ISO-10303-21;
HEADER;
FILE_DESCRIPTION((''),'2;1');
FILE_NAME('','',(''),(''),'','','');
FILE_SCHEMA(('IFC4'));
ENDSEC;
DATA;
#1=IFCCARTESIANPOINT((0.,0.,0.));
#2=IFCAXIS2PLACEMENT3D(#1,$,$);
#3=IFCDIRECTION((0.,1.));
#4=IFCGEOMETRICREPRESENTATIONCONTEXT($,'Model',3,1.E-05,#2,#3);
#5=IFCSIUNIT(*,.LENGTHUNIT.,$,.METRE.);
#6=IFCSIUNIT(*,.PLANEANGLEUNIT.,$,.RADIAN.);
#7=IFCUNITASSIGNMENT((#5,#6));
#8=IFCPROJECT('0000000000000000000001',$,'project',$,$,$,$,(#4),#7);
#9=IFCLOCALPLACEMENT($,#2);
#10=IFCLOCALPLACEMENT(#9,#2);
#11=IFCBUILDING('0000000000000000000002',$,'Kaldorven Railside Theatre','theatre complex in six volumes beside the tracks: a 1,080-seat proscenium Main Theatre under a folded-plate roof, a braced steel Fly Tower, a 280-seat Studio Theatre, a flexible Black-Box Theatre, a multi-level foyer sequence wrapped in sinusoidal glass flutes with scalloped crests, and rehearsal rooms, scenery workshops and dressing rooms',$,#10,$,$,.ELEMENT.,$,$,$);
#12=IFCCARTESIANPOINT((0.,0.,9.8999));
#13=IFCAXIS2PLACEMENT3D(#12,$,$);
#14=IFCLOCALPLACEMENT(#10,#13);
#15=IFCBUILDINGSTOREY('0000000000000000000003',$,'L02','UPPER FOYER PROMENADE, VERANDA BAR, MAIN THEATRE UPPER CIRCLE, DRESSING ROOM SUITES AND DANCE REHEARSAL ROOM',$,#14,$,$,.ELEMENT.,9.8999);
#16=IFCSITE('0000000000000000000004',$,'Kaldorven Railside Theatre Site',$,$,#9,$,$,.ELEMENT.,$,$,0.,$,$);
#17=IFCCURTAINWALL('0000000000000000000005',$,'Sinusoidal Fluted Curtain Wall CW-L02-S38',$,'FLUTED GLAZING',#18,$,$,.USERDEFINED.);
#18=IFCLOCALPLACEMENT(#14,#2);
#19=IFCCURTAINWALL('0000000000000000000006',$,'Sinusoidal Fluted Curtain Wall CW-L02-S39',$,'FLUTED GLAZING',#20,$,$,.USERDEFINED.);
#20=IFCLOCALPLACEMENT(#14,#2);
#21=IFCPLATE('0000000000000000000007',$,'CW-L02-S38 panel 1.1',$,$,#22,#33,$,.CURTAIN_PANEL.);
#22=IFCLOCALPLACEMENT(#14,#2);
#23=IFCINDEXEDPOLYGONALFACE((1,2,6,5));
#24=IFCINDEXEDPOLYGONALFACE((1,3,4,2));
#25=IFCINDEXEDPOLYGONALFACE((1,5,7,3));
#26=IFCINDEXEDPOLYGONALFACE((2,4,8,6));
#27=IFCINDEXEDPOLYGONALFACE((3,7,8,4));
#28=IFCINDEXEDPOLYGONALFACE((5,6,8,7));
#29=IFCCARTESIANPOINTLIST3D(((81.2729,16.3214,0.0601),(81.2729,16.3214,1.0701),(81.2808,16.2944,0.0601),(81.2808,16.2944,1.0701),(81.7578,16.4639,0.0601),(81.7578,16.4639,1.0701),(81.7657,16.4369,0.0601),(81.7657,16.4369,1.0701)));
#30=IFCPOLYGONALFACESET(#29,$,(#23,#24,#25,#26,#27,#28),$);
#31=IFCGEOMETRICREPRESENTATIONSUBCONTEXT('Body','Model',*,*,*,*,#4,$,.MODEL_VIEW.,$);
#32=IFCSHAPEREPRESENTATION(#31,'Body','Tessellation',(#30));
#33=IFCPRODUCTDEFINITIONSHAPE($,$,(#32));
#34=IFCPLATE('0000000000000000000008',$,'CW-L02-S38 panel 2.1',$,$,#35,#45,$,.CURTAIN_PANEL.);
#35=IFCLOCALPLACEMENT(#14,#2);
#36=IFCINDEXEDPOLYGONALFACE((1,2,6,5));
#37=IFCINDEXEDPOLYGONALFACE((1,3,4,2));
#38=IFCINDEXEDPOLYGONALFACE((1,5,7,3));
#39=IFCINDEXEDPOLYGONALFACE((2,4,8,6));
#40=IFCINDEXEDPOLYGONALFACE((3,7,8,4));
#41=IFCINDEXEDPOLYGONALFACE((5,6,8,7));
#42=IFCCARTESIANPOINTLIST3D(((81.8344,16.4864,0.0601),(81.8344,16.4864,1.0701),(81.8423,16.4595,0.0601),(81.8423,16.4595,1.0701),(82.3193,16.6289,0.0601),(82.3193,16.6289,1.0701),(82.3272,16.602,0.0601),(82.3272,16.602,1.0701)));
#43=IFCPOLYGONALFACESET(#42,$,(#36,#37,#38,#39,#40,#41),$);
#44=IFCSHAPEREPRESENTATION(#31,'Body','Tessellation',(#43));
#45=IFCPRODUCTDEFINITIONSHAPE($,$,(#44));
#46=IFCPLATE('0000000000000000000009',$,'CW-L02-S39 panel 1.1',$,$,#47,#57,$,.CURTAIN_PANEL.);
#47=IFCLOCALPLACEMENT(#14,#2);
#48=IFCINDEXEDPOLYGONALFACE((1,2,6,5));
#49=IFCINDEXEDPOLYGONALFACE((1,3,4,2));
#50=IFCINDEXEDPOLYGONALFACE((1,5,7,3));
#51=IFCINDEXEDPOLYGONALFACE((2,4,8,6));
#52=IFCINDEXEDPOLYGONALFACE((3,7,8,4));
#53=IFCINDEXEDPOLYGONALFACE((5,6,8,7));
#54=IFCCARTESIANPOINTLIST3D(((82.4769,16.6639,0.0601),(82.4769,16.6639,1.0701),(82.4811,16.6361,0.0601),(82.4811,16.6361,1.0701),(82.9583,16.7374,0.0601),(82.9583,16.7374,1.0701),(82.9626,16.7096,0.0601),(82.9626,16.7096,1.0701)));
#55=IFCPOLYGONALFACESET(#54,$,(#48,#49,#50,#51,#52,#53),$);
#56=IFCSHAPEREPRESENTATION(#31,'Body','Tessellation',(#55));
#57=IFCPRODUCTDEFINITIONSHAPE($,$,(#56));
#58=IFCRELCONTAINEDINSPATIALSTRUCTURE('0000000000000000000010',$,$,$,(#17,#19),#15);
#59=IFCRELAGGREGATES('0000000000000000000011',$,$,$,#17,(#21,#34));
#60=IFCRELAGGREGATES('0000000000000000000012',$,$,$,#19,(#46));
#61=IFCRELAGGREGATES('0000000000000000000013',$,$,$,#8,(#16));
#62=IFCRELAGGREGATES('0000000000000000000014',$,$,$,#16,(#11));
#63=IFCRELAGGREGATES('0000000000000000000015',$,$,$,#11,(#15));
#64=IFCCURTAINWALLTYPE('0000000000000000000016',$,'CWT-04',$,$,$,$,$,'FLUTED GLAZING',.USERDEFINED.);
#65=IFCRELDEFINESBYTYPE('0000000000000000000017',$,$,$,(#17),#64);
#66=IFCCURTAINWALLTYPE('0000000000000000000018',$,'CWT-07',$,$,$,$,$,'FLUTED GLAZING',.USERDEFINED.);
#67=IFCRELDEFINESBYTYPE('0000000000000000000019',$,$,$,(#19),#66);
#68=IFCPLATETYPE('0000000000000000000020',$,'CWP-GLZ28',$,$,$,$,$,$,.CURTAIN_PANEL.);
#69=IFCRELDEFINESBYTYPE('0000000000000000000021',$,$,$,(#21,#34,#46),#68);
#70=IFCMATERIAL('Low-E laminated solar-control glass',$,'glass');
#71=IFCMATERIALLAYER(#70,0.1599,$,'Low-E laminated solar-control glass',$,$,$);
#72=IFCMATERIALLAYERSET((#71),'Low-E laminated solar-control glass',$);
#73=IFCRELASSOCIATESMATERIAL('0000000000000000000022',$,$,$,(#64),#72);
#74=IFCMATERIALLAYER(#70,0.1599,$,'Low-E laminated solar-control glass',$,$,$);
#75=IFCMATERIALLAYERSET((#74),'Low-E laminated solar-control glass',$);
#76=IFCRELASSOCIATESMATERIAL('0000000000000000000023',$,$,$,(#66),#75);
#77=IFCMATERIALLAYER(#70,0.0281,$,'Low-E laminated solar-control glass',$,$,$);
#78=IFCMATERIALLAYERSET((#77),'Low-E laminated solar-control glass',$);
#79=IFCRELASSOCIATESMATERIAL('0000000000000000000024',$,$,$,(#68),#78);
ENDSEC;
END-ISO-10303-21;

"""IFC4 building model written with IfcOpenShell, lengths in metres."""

from ifc_helpers import new_model, si_unit, direction, frame, origin, origin_2d, place, context, subcontext, project, spatial, rectangle, extrude, material, layer, layer_set, type_object, element, aggregate, save


model = new_model("IFC4")

# Units and contexts
model_context = context("Model", 3, precision=1e-05, world=origin(), true_north=direction((0.0, 1.0)))
body_context = subcontext(model_context, "Body", "Model", "MODEL_VIEW")
ifc_project = project(units=[si_unit("LENGTHUNIT", "METRE"), si_unit("PLANEANGLEUNIT", "RADIAN")], contexts=[model_context])

# Site, building, storey
site_placement = place(None, origin())
site = spatial("IfcSite", under=ifc_project, at=site_placement, Name="Kaldorven Railside Theatre Site", CompositionType="ELEMENT", RefElevation=0.0)
building_placement = place(site_placement, origin())
building = spatial("IfcBuilding", under=site, at=building_placement, Name="Kaldorven Railside Theatre", Description="theatre complex in six volumes beside the tracks: a 1,080-seat proscenium Main Theatre under a folded-plate roof, a braced steel Fly Tower, a 280-seat Studio Theatre, a flexible Black-Box Theatre, a multi-level foyer sequence wrapped in sinusoidal glass flutes with scalloped crests, and rehearsal rooms, scenery workshops and dressing rooms", CompositionType="ELEMENT")
storey_placement = place(building_placement, frame((0.0, 0.0, 9.8999)))
storey = spatial("IfcBuildingStorey", under=building, at=storey_placement, Name="L02", Description="UPPER FOYER PROMENADE, VERANDA BAR, MAIN THEATRE UPPER CIRCLE, DRESSING ROOM SUITES AND DANCE REHEARSAL ROOM", CompositionType="ELEMENT", Elevation=9.8999)

# Curtain wall
ifc_material_1 = material(Name="Low-E laminated solar-control glass", Category="glass")
ifc_layer_1 = layer(ifc_material_1, 0.1599, Name="Low-E laminated solar-control glass")
ifc_layer_set_1 = layer_set([ifc_layer_1], Name="Low-E laminated solar-control glass")
curtain_wall_type_1 = type_object("IfcCurtainWallType", Name="CWT-04", ElementType="FLUTED GLAZING", PredefinedType="USERDEFINED", material=ifc_layer_set_1)
curtain_wall_1_placement = place(storey_placement, origin())
curtain_wall_1 = element("IfcCurtainWall", 1, at=curtain_wall_1_placement, inside=storey, type_object=curtain_wall_type_1, Name="Sinusoidal Fluted Curtain Wall CW-L02-S38", ObjectType="FLUTED GLAZING", PredefinedType="USERDEFINED")

# Curtain wall
ifc_layer_2 = layer(ifc_material_1, 0.1599, Name="Low-E laminated solar-control glass")
ifc_layer_set_2 = layer_set([ifc_layer_2], Name="Low-E laminated solar-control glass")
curtain_wall_type_2 = type_object("IfcCurtainWallType", Name="CWT-07", ElementType="FLUTED GLAZING", PredefinedType="USERDEFINED", material=ifc_layer_set_2)
curtain_wall_2_placement = place(storey_placement, origin())
curtain_wall_2 = element("IfcCurtainWall", 2, at=curtain_wall_2_placement, inside=storey, type_object=curtain_wall_type_2, Name="Sinusoidal Fluted Curtain Wall CW-L02-S39", ObjectType="FLUTED GLAZING", PredefinedType="USERDEFINED")

# Plates
ifc_layer_3 = layer(ifc_material_1, 0.0281, Name="Low-E laminated solar-control glass")
ifc_layer_set_3 = layer_set([ifc_layer_3], Name="Low-E laminated solar-control glass")
plate_type = type_object("IfcPlateType", Name="CWP-GLZ28", PredefinedType="CURTAIN_PANEL", material=ifc_layer_set_3)
plate_1_placement = place(storey_placement, frame((81.5193, 16.3792, 0.0601), z_axis=(0.0, 0.0, 1.0), x_axis=(0.959418, 0.281989, 0.0)))
plate_1 = element("IfcPlate", 3, at=plate_1_placement, type_object=plate_type, Name="CW-L02-S38 panel 1.1", PredefinedType="CURTAIN_PANEL", context=body_context, shape_type="SweptSolid", body=[
    extrude(rectangle(XDim=0.5054, YDim=0.0281, at=origin_2d()), origin(), (0.0, 0.0, 1.0), 1.01),
])
plate_2_placement = place(storey_placement, frame((82.0808, 16.5442, 0.0601), z_axis=(0.0, 0.0, 1.0), x_axis=(0.959418, 0.281989, 0.0)))
plate_2 = element("IfcPlate", 4, at=plate_2_placement, type_object=plate_type, Name="CW-L02-S38 panel 2.1", PredefinedType="CURTAIN_PANEL", context=body_context, shape_type="SweptSolid", body=[
    extrude(rectangle(XDim=0.5054, YDim=0.0281, at=origin_2d()), origin(), (0.0, 0.0, 1.0), 1.01),
])
aggregate(curtain_wall_1, [plate_1, plate_2])
plate_3_placement = place(storey_placement, frame((82.7197, 16.6868, 0.0601), z_axis=(0.0, 0.0, 1.0), x_axis=(0.988546, 0.150918, 0.0)))
plate_3 = element("IfcPlate", 5, at=plate_3_placement, type_object=plate_type, Name="CW-L02-S39 panel 1.1", PredefinedType="CURTAIN_PANEL", context=body_context, shape_type="SweptSolid", body=[
    extrude(rectangle(XDim=0.4871, YDim=0.0281, at=origin_2d()), origin(), (0.0, 0.0, 1.0), 1.01),
])
aggregate(curtain_wall_2, [plate_3])

save(model, "model.ifc")
